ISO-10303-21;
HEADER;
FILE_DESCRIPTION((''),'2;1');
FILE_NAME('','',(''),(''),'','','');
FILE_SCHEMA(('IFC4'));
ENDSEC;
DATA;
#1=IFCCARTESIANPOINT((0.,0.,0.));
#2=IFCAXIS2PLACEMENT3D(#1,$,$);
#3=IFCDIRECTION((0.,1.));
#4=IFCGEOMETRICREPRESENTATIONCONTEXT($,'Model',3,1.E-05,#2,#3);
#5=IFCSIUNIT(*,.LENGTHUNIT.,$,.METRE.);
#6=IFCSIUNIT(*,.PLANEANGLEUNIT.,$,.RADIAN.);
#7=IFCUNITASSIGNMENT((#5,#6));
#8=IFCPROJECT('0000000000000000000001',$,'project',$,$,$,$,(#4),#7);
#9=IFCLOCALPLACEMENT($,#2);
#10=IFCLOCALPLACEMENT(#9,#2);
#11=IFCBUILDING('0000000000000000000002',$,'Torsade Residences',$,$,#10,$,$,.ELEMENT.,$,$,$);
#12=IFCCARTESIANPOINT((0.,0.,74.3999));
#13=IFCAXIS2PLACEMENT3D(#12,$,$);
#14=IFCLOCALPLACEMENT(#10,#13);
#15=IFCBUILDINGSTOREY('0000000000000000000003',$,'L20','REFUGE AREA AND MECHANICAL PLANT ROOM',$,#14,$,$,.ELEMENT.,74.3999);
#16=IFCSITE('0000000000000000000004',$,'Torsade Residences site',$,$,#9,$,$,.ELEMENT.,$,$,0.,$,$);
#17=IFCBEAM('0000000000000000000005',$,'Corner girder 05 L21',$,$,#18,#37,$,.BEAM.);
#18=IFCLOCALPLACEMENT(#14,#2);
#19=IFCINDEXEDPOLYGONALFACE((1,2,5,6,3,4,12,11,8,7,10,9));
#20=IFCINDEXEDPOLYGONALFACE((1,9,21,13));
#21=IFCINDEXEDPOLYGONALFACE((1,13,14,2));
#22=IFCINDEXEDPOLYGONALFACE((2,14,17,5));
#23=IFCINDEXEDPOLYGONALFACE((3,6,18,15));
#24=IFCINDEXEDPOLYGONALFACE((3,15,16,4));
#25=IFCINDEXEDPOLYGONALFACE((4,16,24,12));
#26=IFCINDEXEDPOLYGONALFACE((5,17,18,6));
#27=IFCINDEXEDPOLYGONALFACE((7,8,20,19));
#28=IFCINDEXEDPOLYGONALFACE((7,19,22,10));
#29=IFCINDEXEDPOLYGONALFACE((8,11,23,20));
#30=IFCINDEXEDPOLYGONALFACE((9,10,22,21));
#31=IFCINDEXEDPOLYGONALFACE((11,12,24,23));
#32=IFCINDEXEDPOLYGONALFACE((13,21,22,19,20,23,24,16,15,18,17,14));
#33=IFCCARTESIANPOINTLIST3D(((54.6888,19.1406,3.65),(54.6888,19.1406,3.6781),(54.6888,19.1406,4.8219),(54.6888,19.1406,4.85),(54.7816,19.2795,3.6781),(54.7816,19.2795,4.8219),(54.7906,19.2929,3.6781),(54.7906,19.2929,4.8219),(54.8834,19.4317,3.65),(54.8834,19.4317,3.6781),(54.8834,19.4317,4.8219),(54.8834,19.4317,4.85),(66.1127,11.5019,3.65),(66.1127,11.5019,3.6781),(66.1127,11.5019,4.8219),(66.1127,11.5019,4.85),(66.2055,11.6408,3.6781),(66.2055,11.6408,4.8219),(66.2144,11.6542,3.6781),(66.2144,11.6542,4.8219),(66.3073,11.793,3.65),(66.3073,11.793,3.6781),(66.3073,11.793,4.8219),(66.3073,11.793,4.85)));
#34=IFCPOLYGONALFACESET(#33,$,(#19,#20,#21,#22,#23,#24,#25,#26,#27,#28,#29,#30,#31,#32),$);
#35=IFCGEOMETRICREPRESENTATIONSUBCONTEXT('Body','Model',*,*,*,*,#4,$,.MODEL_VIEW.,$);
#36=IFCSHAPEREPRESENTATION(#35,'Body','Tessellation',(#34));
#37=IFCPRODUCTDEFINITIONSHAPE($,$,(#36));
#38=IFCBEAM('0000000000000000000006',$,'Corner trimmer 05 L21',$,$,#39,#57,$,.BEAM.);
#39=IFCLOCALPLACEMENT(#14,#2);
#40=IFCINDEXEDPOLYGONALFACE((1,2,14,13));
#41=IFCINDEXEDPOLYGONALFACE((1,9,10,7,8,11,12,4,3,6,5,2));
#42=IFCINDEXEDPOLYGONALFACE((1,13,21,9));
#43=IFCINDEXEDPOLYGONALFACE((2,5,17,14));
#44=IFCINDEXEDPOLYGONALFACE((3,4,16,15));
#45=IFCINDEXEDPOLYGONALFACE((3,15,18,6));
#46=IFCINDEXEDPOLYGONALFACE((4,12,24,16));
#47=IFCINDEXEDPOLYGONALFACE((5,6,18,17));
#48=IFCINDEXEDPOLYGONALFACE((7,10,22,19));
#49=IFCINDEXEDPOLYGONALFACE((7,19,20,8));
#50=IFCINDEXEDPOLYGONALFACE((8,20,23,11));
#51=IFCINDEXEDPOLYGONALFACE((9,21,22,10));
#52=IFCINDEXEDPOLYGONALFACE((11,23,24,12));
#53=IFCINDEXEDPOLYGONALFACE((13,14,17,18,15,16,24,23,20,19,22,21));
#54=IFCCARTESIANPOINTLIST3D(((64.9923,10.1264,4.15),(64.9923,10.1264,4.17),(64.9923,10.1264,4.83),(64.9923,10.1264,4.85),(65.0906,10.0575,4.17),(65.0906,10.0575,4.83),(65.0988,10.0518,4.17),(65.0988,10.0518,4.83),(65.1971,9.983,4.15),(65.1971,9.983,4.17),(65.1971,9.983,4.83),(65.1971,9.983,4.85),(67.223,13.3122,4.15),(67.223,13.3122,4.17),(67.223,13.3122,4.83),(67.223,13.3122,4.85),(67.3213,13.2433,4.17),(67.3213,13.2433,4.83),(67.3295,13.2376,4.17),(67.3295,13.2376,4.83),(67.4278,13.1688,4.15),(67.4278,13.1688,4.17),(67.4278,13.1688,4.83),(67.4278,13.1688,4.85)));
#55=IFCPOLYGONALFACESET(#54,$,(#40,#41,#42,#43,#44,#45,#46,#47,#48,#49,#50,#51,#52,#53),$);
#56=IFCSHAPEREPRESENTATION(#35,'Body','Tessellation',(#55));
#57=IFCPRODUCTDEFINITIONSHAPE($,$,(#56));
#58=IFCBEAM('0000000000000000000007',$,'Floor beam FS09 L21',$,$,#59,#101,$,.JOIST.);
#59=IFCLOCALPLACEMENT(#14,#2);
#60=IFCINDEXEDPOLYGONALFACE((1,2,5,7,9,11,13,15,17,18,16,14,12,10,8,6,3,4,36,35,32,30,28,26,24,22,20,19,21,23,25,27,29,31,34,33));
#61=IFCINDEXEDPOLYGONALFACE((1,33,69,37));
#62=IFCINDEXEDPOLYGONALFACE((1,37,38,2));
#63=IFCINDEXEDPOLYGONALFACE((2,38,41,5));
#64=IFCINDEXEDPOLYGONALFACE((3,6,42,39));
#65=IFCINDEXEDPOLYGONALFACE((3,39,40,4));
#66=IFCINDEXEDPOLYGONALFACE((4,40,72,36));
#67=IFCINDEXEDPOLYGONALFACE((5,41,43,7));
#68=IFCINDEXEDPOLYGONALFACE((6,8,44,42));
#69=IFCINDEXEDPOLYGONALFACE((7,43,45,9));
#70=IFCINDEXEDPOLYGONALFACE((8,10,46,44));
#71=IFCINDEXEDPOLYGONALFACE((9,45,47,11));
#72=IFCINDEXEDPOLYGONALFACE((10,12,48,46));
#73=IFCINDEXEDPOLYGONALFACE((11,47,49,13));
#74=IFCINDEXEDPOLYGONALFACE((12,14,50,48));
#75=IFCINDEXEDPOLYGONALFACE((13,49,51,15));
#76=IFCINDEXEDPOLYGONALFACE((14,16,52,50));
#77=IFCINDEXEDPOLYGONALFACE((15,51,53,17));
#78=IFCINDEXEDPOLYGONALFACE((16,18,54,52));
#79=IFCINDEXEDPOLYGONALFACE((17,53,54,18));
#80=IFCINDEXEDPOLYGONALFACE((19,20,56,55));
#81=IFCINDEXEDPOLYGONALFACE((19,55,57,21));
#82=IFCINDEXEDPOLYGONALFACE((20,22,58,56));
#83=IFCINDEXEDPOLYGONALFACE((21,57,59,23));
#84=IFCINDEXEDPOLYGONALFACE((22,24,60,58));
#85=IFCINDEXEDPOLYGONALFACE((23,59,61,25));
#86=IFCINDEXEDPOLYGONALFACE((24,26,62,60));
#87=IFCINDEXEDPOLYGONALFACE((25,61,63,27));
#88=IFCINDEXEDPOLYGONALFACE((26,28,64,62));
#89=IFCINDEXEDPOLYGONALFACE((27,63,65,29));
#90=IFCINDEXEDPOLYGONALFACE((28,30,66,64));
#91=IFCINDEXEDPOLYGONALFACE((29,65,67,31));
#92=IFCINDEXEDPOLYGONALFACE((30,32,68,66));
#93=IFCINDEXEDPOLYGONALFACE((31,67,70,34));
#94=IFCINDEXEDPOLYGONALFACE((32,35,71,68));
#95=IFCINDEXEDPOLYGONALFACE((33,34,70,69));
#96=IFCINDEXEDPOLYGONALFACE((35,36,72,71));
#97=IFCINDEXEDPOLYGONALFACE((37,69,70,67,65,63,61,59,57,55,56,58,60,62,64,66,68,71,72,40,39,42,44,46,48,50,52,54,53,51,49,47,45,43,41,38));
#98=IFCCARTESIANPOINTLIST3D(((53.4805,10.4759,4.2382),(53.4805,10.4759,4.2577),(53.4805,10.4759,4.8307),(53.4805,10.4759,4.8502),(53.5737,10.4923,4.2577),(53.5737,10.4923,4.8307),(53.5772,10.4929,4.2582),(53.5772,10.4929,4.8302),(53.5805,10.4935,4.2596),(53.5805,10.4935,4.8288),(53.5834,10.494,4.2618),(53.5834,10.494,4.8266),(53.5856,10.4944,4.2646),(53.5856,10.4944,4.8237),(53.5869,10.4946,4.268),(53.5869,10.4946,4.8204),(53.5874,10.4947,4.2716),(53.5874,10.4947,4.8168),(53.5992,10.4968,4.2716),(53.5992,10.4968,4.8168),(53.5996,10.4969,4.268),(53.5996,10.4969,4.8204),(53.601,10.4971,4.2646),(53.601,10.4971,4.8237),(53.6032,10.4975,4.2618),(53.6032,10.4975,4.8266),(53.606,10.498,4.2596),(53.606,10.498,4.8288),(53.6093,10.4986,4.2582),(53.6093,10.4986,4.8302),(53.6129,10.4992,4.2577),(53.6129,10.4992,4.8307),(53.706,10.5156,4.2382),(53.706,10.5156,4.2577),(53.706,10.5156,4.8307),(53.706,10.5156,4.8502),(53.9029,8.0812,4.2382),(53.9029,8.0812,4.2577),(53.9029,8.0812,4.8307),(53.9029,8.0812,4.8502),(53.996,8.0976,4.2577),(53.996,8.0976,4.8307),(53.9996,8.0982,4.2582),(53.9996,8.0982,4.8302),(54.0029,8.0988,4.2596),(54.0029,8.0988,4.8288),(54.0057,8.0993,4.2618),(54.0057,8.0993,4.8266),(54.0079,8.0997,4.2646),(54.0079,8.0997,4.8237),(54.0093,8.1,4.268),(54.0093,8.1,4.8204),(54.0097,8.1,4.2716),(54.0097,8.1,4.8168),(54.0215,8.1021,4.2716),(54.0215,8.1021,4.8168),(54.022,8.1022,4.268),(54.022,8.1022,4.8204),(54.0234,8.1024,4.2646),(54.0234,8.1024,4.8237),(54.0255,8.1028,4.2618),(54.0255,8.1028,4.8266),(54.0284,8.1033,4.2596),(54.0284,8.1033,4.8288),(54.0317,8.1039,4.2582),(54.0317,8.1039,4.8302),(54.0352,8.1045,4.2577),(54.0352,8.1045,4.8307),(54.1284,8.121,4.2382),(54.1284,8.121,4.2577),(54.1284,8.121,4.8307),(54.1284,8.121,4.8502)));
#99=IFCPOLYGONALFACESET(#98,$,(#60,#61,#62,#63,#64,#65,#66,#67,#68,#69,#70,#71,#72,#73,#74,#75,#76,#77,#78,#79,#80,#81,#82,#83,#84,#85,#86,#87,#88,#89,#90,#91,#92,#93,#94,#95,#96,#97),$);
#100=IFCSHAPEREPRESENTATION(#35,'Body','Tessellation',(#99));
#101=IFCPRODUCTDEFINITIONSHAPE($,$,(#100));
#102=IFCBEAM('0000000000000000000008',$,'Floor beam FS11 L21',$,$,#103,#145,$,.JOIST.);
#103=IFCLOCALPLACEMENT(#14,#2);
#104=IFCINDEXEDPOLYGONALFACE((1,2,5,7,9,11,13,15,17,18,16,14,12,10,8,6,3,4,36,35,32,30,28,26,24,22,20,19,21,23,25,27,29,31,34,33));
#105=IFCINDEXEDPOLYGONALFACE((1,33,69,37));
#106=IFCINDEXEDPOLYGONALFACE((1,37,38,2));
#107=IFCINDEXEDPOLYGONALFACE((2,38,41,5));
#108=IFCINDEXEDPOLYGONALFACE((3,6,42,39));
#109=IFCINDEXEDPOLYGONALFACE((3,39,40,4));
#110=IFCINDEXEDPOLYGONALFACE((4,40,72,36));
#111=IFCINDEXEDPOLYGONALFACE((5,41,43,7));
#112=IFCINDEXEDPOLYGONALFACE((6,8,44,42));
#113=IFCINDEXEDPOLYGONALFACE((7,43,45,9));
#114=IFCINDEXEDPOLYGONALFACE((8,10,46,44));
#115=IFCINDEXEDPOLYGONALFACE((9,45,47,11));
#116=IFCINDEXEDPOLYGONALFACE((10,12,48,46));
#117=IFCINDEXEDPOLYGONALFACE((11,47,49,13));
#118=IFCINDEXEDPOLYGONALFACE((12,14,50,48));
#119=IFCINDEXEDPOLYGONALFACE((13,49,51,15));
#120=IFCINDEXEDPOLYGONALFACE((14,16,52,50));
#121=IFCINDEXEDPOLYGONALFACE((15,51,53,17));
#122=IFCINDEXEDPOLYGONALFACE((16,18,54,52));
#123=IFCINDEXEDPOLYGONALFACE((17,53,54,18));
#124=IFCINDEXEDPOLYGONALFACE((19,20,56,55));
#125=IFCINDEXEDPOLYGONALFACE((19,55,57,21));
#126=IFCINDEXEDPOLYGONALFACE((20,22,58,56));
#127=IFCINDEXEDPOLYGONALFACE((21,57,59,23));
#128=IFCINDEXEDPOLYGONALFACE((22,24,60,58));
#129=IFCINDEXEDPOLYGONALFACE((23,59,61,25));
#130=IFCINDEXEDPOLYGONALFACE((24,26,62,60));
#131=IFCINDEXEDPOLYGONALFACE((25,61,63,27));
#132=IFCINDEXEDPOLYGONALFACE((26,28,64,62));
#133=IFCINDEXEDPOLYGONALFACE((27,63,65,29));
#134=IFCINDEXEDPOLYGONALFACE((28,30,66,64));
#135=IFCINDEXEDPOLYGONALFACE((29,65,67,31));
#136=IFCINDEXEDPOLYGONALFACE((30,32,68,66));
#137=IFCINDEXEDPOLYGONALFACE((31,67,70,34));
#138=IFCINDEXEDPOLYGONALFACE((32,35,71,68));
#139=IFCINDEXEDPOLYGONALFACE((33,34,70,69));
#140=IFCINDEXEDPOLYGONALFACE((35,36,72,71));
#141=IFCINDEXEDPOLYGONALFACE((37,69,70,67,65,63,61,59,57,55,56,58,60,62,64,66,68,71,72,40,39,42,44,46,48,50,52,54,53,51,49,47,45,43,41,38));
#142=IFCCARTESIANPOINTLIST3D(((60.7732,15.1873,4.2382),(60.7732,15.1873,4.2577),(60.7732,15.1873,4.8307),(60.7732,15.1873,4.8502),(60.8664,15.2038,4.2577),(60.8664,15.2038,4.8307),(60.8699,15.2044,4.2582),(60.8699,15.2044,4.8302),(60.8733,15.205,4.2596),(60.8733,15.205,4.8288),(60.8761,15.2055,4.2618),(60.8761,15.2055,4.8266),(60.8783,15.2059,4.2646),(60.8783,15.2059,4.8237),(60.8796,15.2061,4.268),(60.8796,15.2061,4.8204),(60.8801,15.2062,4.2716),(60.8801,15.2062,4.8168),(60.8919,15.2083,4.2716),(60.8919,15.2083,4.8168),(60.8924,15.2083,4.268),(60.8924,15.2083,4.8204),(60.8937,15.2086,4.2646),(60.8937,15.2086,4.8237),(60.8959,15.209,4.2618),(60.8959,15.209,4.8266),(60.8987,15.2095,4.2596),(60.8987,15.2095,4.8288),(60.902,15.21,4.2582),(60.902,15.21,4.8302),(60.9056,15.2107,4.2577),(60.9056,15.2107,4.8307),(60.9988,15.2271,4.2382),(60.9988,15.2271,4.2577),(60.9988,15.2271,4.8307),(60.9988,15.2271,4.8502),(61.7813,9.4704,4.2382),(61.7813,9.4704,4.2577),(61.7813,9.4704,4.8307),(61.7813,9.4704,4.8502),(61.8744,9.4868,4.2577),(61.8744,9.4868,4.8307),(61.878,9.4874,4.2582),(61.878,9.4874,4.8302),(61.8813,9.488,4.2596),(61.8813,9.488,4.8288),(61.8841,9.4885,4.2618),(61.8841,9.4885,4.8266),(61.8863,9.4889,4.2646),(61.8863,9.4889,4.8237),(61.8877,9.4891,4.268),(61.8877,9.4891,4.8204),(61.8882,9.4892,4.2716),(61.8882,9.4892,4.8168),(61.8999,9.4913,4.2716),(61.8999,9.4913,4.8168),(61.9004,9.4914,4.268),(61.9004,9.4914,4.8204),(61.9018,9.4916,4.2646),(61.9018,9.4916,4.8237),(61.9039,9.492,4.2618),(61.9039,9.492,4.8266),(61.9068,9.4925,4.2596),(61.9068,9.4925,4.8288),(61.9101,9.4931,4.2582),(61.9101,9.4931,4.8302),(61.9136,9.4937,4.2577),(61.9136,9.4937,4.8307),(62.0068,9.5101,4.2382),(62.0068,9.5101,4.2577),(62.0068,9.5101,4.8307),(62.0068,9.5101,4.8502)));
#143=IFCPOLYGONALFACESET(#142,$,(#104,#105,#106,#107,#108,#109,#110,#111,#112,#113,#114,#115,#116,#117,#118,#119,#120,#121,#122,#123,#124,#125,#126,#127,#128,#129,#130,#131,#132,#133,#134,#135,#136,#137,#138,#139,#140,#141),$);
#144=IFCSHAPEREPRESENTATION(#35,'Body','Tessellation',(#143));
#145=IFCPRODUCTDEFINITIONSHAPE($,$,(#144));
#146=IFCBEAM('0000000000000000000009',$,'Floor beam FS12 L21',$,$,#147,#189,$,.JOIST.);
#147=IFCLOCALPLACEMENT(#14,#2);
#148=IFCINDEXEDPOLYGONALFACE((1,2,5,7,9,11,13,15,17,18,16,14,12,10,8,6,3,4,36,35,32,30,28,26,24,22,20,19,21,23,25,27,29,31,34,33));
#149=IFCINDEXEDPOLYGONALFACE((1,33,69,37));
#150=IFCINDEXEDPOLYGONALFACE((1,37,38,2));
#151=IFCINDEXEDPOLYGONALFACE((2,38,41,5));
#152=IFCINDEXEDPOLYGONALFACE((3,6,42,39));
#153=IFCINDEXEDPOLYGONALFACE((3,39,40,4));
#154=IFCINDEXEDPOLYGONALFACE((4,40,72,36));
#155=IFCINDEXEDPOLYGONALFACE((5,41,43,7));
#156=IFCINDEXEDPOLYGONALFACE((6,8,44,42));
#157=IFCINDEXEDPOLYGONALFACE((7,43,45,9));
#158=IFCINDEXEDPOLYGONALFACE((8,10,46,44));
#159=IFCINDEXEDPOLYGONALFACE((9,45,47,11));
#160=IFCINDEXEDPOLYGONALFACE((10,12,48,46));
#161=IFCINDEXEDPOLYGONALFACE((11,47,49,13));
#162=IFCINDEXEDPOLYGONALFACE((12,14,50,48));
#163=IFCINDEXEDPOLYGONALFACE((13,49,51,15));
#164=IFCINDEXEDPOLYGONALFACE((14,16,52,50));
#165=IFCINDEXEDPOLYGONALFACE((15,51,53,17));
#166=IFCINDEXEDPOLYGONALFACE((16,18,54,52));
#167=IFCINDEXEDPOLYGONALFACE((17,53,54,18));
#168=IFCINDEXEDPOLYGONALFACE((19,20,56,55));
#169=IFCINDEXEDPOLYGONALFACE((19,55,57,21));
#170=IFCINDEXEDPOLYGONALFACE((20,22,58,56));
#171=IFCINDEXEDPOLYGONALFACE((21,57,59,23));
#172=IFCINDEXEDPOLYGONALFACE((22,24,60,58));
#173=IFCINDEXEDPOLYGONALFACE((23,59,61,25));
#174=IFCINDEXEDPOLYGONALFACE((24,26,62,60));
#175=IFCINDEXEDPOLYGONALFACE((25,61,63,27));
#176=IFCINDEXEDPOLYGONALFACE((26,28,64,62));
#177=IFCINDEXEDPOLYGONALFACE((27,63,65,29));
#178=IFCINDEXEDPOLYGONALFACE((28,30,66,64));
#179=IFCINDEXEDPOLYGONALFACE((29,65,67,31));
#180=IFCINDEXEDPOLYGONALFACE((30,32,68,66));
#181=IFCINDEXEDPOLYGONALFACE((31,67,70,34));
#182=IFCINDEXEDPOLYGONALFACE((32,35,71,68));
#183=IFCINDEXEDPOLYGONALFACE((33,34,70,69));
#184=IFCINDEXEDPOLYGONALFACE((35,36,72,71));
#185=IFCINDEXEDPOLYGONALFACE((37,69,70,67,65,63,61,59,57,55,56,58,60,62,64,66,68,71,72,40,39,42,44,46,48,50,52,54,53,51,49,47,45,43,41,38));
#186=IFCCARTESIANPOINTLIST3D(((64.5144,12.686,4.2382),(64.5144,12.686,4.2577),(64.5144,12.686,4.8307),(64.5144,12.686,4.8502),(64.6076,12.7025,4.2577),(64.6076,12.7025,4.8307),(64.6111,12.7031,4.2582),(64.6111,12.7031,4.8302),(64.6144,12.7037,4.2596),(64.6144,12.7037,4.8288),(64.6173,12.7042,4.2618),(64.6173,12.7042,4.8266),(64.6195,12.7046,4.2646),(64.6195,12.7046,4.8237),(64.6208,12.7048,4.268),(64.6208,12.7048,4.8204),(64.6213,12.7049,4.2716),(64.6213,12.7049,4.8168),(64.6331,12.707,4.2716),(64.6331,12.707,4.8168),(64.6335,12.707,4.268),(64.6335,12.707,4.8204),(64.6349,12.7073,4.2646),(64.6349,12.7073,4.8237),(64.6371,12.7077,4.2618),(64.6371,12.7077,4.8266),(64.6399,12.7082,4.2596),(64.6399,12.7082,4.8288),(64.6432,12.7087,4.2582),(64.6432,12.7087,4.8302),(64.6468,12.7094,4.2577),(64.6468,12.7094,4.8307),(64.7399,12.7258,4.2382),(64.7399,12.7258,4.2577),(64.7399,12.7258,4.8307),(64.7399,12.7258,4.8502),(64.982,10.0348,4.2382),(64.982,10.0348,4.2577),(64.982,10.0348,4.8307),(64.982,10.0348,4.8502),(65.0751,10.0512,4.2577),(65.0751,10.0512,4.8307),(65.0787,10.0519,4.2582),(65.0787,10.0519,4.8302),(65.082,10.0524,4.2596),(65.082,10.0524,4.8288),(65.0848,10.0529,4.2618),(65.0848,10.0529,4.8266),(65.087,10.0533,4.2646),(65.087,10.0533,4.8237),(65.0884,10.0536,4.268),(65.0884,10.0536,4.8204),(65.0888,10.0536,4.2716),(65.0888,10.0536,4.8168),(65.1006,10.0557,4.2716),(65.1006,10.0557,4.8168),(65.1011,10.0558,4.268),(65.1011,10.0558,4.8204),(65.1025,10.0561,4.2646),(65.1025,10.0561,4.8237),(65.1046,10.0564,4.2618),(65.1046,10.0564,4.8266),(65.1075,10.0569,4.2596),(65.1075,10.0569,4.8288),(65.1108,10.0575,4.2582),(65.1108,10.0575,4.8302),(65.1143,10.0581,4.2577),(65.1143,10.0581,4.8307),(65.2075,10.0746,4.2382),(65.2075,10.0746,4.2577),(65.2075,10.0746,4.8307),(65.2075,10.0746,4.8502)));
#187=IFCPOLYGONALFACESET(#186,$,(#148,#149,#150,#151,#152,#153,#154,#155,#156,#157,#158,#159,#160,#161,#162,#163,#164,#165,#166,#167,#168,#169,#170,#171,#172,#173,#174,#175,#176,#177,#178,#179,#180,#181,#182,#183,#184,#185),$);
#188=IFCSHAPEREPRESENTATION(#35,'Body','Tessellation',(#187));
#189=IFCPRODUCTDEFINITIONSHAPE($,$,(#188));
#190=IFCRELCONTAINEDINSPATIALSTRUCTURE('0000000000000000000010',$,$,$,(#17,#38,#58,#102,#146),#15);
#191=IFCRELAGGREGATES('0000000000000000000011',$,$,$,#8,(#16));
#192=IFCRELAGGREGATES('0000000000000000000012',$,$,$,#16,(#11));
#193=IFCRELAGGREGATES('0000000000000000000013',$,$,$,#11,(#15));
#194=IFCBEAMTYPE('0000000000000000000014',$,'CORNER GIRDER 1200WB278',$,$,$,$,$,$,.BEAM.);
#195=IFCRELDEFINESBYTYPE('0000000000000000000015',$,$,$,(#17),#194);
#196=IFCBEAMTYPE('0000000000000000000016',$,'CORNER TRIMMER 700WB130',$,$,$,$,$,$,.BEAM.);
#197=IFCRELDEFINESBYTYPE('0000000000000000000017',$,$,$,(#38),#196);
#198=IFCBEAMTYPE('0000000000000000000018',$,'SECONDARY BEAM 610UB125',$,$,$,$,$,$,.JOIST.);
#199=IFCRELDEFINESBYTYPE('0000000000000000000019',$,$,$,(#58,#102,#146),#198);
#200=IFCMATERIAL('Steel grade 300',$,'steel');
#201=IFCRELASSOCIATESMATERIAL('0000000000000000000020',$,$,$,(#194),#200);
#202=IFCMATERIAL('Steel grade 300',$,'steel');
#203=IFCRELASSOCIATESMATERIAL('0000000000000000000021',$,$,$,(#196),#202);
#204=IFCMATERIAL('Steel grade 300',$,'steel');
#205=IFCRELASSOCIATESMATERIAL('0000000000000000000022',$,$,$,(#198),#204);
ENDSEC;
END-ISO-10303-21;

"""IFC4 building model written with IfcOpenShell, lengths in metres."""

from ifc_helpers import new_model, si_unit, direction, frame, origin, origin_2d, place, context, subcontext, project, spatial, i_section, extrude, material, material_profile, profile_set, type_object, element, save


model = new_model("IFC4")

# Units and contexts
model_context = context("Model", 3, precision=1e-05, world=origin(), true_north=direction((0.0, 1.0)))
body_context = subcontext(model_context, "Body", "Model", "MODEL_VIEW")
ifc_project = project(units=[si_unit("LENGTHUNIT", "METRE"), si_unit("PLANEANGLEUNIT", "RADIAN")], contexts=[model_context])

# Site, building, storey
site_placement = place(None, origin())
site = spatial("IfcSite", under=ifc_project, at=site_placement, Name="Torsade Residences site", CompositionType="ELEMENT", RefElevation=0.0)
building_placement = place(site_placement, origin())
building = spatial("IfcBuilding", under=site, at=building_placement, Name="Torsade Residences", CompositionType="ELEMENT")
storey_placement = place(building_placement, frame((0.0, 0.0, 74.3999)))
storey = spatial("IfcBuildingStorey", under=building, at=storey_placement, Name="L20", Description="REFUGE AREA AND MECHANICAL PLANT ROOM", CompositionType="ELEMENT", Elevation=74.3999)

# Beams
ifc_material_1 = material(Name="Steel grade 300", Category="steel")
ifc_material_profile_1 = material_profile(ifc_material_1, i_section(OverallWidth=0.3501, OverallDepth=1.2, WebThickness=0.0161, FlangeThickness=0.0281, at=origin_2d()), Name="1200WB278")
ifc_profile_set_1 = profile_set([ifc_material_profile_1], Name="Steel grade 300")
beam_type_1 = type_object("IfcBeamType", Name="CORNER GIRDER 1200WB278", PredefinedType="BEAM", material=ifc_profile_set_1)
beam_1_placement = place(storey_placement, frame((66.21, 11.6475, 4.25), z_axis=(-0.831284, 0.555848, 0.0), x_axis=(-0.555848, -0.831284, 0.0)))
element("IfcBeam", 1, at=beam_1_placement, inside=storey, type_object=beam_type_1, Name="Corner girder 05 L21", PredefinedType="BEAM", context=body_context, shape_type="SweptSolid", body=[
    extrude(i_section(OverallWidth=0.3501, OverallDepth=1.2, WebThickness=0.0161, FlangeThickness=0.0281, at=origin_2d()), origin(), (0.0, 0.0, 1.0), 13.7424),
])
ifc_material_2 = material(Name="Steel grade 300", Category="steel")
ifc_material_profile_2 = material_profile(ifc_material_2, i_section(OverallWidth=0.25, OverallDepth=0.7, WebThickness=0.01, FlangeThickness=0.02, at=origin_2d()), Name="700WB130")
ifc_profile_set_2 = profile_set([ifc_material_profile_2], Name="Steel grade 300")
beam_type_2 = type_object("IfcBeamType", Name="CORNER TRIMMER 700WB130", PredefinedType="BEAM", material=ifc_profile_set_2)
beam_2_placement = place(storey_placement, frame((67.3254, 13.2405, 4.5), z_axis=(-0.573576, -0.819152, 0.0), x_axis=(0.819152, -0.573576, 0.0)))
element("IfcBeam", 2, at=beam_2_placement, inside=storey, type_object=beam_type_2, Name="Corner trimmer 05 L21", PredefinedType="BEAM", context=body_context, shape_type="SweptSolid", body=[
    extrude(i_section(OverallWidth=0.25, OverallDepth=0.7, WebThickness=0.01, FlangeThickness=0.02, at=origin_2d()), origin(), (0.0, 0.0, 1.0), 3.8892),
])
ifc_material_3 = material(Name="Steel grade 300", Category="steel")
ifc_material_profile_3 = material_profile(ifc_material_3, i_section(OverallWidth=0.229, OverallDepth=0.6121, WebThickness=0.012, FlangeThickness=0.0195, FilletRadius=0.0139, at=origin_2d()), Name="610UB125")
ifc_profile_set_3 = profile_set([ifc_material_profile_3], Name="Steel grade 300")
beam_type_3 = type_object("IfcBeamType", Name="SECONDARY BEAM 610UB125", PredefinedType="JOIST", material=ifc_profile_set_3)
beam_3_placement = place(storey_placement, frame((54.0156, 8.1011, 4.5442), z_axis=(-0.173688, 0.984801, 0.0), x_axis=(-0.984801, -0.173688, 0.0)))
element("IfcBeam", 3, at=beam_3_placement, inside=storey, type_object=beam_type_3, Name="Floor beam FS09 L21", PredefinedType="JOIST", context=body_context, shape_type="SweptSolid", body=[
    extrude(i_section(OverallWidth=0.229, OverallDepth=0.6121, WebThickness=0.012, FlangeThickness=0.0195, FilletRadius=0.0139, at=origin_2d()), origin(), (0.0, 0.0, 1.0), 2.4316),
])
beam_4_placement = place(storey_placement, frame((61.894, 9.4902, 4.5442), z_axis=(-0.173646, 0.984808, 0.0), x_axis=(-0.984808, -0.173646, 0.0)))
element("IfcBeam", 4, at=beam_4_placement, inside=storey, type_object=beam_type_3, Name="Floor beam FS11 L21", PredefinedType="JOIST", context=body_context, shape_type="SweptSolid", body=[
    extrude(i_section(OverallWidth=0.229, OverallDepth=0.6121, WebThickness=0.012, FlangeThickness=0.0195, FilletRadius=0.0139, at=origin_2d()), origin(), (0.0, 0.0, 1.0), 5.8052),
])
beam_5_placement = place(storey_placement, frame((65.0947, 10.0547, 4.5442), z_axis=(-0.173672, 0.984804, 0.0), x_axis=(-0.984804, -0.173672, 0.0)))
element("IfcBeam", 5, at=beam_5_placement, inside=storey, type_object=beam_type_3, Name="Floor beam FS12 L21", PredefinedType="JOIST", context=body_context, shape_type="SweptSolid", body=[
    extrude(i_section(OverallWidth=0.229, OverallDepth=0.6121, WebThickness=0.012, FlangeThickness=0.0195, FilletRadius=0.0139, at=origin_2d()), origin(), (0.0, 0.0, 1.0), 2.6921),
])

save(model, "model.ifc")
